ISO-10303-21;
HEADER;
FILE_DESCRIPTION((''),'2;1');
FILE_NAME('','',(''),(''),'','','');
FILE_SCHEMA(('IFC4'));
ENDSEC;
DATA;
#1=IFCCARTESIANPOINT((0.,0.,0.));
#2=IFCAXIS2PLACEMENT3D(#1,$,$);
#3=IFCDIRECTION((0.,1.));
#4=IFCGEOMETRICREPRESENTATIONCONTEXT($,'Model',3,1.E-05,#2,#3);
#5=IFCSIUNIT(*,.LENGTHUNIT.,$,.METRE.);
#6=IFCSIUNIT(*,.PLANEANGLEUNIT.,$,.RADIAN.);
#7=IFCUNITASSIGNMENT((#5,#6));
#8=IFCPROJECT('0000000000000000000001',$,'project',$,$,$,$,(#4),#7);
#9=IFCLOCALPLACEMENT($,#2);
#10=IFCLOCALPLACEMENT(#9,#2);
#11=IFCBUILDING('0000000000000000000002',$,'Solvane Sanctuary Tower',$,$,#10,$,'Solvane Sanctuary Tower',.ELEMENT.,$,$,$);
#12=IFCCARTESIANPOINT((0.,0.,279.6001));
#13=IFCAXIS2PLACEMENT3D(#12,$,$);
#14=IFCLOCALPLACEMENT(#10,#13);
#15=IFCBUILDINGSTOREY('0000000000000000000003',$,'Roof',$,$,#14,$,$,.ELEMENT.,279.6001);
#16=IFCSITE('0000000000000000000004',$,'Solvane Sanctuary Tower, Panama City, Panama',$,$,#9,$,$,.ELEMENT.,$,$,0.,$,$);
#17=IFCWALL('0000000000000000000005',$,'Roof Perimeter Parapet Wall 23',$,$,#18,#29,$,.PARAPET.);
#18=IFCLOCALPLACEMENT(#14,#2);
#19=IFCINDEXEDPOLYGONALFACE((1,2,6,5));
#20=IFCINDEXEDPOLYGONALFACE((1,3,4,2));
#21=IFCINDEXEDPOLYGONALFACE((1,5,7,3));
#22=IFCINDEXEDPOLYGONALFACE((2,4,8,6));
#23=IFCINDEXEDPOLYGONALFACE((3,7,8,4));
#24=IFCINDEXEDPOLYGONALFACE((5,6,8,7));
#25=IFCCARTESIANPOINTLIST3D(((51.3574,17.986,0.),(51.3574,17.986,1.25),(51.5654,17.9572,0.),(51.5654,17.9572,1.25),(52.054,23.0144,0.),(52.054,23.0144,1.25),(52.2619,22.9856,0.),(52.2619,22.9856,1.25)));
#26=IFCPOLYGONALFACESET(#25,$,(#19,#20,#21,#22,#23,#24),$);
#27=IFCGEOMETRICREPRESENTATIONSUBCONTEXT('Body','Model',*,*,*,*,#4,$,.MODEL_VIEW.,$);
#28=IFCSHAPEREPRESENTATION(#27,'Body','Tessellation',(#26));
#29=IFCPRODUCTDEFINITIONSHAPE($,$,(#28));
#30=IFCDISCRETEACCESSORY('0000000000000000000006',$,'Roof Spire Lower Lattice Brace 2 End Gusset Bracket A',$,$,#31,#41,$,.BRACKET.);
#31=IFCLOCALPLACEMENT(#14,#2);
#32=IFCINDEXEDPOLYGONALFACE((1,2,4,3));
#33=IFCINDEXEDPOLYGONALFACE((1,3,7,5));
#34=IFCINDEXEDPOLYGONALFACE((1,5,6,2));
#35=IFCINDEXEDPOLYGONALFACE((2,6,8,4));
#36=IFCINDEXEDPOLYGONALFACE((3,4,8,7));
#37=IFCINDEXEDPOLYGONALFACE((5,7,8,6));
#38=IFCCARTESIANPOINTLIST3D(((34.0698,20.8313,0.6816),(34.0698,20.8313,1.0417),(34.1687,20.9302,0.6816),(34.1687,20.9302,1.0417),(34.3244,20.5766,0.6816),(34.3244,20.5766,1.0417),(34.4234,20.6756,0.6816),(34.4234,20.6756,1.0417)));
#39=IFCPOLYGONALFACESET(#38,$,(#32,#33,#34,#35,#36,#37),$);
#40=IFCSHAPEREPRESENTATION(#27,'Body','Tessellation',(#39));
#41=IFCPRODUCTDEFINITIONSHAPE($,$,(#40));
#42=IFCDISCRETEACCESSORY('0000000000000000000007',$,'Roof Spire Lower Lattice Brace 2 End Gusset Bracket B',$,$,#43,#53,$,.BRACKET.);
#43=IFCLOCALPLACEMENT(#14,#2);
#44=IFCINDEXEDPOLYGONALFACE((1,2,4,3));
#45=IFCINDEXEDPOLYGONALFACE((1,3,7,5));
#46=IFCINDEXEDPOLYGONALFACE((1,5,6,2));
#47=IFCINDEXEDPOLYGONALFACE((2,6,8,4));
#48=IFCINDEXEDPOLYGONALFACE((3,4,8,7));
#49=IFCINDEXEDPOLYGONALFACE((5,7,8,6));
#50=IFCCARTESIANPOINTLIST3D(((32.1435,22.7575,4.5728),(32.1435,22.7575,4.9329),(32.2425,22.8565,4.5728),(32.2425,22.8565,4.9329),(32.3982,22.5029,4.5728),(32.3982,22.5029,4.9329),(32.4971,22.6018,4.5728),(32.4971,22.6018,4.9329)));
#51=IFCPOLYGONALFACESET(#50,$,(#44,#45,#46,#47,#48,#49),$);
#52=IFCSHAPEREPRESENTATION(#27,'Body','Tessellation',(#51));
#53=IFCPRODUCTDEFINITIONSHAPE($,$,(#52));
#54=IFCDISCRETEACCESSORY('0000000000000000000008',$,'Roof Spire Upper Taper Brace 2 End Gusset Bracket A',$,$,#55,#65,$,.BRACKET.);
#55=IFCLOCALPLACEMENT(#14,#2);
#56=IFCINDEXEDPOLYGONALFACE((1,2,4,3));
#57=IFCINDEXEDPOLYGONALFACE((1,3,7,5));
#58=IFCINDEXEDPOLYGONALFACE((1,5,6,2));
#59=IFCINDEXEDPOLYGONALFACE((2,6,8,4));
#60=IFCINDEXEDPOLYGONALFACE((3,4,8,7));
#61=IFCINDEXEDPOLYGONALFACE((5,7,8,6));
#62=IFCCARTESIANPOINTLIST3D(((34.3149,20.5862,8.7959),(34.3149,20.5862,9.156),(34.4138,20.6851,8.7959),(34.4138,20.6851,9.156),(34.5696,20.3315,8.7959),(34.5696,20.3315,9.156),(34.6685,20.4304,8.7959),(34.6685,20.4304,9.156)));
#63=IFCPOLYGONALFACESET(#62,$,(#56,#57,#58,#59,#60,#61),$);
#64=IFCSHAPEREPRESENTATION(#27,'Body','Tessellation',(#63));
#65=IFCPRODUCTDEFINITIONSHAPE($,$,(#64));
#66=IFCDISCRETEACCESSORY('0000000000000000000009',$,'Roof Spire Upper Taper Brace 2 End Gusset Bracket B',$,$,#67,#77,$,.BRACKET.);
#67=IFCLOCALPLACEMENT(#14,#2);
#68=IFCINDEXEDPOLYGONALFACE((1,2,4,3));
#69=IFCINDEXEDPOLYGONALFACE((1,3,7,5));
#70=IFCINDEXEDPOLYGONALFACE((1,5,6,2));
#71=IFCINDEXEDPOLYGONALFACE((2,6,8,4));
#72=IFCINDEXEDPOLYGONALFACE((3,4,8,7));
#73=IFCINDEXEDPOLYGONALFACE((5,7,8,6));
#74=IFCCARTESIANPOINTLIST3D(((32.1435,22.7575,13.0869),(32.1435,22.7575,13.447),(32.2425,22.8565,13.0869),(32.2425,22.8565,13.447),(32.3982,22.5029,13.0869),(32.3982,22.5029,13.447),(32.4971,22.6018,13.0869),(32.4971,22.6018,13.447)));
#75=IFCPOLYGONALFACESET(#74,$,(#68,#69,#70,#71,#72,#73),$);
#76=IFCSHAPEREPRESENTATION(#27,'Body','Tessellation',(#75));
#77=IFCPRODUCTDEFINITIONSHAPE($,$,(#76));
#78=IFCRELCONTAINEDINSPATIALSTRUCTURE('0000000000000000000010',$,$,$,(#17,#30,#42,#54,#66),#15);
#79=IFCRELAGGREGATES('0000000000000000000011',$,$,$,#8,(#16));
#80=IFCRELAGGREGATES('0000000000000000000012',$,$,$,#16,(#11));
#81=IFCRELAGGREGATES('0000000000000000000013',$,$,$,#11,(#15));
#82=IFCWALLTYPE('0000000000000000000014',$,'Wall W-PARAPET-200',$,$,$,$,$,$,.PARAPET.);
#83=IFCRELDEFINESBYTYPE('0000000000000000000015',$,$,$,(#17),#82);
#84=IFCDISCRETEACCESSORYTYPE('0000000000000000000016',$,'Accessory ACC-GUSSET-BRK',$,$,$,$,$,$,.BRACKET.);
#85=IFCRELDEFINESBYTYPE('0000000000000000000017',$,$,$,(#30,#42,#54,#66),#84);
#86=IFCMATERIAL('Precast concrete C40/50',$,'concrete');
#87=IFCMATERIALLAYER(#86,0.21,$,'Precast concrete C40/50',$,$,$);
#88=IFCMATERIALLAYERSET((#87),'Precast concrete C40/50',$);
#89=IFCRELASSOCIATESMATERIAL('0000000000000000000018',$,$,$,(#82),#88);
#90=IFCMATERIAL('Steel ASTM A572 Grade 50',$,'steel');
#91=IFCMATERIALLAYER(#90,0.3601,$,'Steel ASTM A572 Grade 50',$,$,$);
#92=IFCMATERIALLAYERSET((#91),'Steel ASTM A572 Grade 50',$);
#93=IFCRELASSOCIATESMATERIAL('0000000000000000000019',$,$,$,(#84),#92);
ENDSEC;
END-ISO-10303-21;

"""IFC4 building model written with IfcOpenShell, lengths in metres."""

from ifc_helpers import new_model, si_unit, direction, frame, frame_2d, origin, origin_2d, place, context, subcontext, project, spatial, rectangle, extrude, material, layer, layer_set, type_object, element, save


model = new_model("IFC4")

# Units and contexts
model_context = context("Model", 3, precision=1e-05, world=origin(), true_north=direction((0.0, 1.0)))
body_context = subcontext(model_context, "Body", "Model", "MODEL_VIEW")
ifc_project = project(units=[si_unit("LENGTHUNIT", "METRE"), si_unit("PLANEANGLEUNIT", "RADIAN")], contexts=[model_context])

# Site, building, storey
site_placement = place(None, origin())
site = spatial("IfcSite", under=ifc_project, at=site_placement, Name="Solvane Sanctuary Tower, Panama City, Panama", CompositionType="ELEMENT", RefElevation=0.0)
building_placement = place(site_placement, origin())
building = spatial("IfcBuilding", under=site, at=building_placement, Name="Solvane Sanctuary Tower", LongName="Solvane Sanctuary Tower", CompositionType="ELEMENT")
storey_placement = place(building_placement, frame((0.0, 0.0, 279.6001)))
storey = spatial("IfcBuildingStorey", under=building, at=storey_placement, Name="Roof", CompositionType="ELEMENT", Elevation=279.6001)

# Shared definitions
ifc_material_1 = material(Name="Steel ASTM A572 Grade 50", Category="steel")

# Wall
ifc_material_2 = material(Name="Precast concrete C40/50", Category="concrete")
ifc_layer_1 = layer(ifc_material_2, 0.21, Name="Precast concrete C40/50")
ifc_layer_set_1 = layer_set([ifc_layer_1], Name="Precast concrete C40/50")
wall_type = type_object("IfcWallType", Name="Wall W-PARAPET-200", PredefinedType="PARAPET", material=ifc_layer_set_1)
wall_1_placement = place(storey_placement, frame((51.4614, 17.9717, 0.0), z_axis=(0.0, 0.0, 1.0), x_axis=(0.137212, 0.990542, 0.0)))
element("IfcWall", 1, at=wall_1_placement, inside=storey, type_object=wall_type, Name="Roof Perimeter Parapet Wall 23", PredefinedType="PARAPET", context=body_context, shape_type="SweptSolid", body=[
    extrude(rectangle(XDim=5.0764, YDim=0.21, at=frame_2d((2.5381, 0.0))), origin(), (0.0, 0.0, 1.0), 1.25),
])

# Discrete accessories
ifc_layer_2 = layer(ifc_material_1, 0.3601, Name="Steel ASTM A572 Grade 50")
ifc_layer_set_2 = layer_set([ifc_layer_2], Name="Steel ASTM A572 Grade 50")
discrete_accessory_type = type_object("IfcDiscreteAccessoryType", Name="Accessory ACC-GUSSET-BRK", PredefinedType="BRACKET", material=ifc_layer_set_2)
for number, where, z_axis, x_axis, name in (
    (2, (34.2466, 20.7534, 0.6816), (0.0, 0.0, 1.0), (-0.707107, 0.707107, 0.0), "Roof Spire Lower Lattice Brace 2 End Gusset Bracket A"),
    (3, (32.3203, 22.6797, 4.5728), (0.0, 0.0, 1.0), (-0.707107, 0.707107, 0.0), "Roof Spire Lower Lattice Brace 2 End Gusset Bracket B"),
    (4, (34.4917, 20.5083, 8.7959), (0.0, 0.0, 1.0), (-0.707107, 0.707107, 0.0), "Roof Spire Upper Taper Brace 2 End Gusset Bracket A"),
    (5, (32.3203, 22.6797, 13.0869), (0.0, 0.0, 1.0), (-0.707107, 0.707107, 0.0), "Roof Spire Upper Taper Brace 2 End Gusset Bracket B"),
):
    element("IfcDiscreteAccessory", number, at=place(storey_placement, frame(where, z_axis=z_axis, x_axis=x_axis)), inside=storey, type_object=discrete_accessory_type, Name=name, PredefinedType="BRACKET", context=body_context, shape_type="SweptSolid", body=[
        extrude(rectangle(XDim=0.3601, YDim=0.1399, at=origin_2d()), origin(), (0.0, 0.0, 1.0), 0.3601),
    ])

save(model, "model.ifc")
